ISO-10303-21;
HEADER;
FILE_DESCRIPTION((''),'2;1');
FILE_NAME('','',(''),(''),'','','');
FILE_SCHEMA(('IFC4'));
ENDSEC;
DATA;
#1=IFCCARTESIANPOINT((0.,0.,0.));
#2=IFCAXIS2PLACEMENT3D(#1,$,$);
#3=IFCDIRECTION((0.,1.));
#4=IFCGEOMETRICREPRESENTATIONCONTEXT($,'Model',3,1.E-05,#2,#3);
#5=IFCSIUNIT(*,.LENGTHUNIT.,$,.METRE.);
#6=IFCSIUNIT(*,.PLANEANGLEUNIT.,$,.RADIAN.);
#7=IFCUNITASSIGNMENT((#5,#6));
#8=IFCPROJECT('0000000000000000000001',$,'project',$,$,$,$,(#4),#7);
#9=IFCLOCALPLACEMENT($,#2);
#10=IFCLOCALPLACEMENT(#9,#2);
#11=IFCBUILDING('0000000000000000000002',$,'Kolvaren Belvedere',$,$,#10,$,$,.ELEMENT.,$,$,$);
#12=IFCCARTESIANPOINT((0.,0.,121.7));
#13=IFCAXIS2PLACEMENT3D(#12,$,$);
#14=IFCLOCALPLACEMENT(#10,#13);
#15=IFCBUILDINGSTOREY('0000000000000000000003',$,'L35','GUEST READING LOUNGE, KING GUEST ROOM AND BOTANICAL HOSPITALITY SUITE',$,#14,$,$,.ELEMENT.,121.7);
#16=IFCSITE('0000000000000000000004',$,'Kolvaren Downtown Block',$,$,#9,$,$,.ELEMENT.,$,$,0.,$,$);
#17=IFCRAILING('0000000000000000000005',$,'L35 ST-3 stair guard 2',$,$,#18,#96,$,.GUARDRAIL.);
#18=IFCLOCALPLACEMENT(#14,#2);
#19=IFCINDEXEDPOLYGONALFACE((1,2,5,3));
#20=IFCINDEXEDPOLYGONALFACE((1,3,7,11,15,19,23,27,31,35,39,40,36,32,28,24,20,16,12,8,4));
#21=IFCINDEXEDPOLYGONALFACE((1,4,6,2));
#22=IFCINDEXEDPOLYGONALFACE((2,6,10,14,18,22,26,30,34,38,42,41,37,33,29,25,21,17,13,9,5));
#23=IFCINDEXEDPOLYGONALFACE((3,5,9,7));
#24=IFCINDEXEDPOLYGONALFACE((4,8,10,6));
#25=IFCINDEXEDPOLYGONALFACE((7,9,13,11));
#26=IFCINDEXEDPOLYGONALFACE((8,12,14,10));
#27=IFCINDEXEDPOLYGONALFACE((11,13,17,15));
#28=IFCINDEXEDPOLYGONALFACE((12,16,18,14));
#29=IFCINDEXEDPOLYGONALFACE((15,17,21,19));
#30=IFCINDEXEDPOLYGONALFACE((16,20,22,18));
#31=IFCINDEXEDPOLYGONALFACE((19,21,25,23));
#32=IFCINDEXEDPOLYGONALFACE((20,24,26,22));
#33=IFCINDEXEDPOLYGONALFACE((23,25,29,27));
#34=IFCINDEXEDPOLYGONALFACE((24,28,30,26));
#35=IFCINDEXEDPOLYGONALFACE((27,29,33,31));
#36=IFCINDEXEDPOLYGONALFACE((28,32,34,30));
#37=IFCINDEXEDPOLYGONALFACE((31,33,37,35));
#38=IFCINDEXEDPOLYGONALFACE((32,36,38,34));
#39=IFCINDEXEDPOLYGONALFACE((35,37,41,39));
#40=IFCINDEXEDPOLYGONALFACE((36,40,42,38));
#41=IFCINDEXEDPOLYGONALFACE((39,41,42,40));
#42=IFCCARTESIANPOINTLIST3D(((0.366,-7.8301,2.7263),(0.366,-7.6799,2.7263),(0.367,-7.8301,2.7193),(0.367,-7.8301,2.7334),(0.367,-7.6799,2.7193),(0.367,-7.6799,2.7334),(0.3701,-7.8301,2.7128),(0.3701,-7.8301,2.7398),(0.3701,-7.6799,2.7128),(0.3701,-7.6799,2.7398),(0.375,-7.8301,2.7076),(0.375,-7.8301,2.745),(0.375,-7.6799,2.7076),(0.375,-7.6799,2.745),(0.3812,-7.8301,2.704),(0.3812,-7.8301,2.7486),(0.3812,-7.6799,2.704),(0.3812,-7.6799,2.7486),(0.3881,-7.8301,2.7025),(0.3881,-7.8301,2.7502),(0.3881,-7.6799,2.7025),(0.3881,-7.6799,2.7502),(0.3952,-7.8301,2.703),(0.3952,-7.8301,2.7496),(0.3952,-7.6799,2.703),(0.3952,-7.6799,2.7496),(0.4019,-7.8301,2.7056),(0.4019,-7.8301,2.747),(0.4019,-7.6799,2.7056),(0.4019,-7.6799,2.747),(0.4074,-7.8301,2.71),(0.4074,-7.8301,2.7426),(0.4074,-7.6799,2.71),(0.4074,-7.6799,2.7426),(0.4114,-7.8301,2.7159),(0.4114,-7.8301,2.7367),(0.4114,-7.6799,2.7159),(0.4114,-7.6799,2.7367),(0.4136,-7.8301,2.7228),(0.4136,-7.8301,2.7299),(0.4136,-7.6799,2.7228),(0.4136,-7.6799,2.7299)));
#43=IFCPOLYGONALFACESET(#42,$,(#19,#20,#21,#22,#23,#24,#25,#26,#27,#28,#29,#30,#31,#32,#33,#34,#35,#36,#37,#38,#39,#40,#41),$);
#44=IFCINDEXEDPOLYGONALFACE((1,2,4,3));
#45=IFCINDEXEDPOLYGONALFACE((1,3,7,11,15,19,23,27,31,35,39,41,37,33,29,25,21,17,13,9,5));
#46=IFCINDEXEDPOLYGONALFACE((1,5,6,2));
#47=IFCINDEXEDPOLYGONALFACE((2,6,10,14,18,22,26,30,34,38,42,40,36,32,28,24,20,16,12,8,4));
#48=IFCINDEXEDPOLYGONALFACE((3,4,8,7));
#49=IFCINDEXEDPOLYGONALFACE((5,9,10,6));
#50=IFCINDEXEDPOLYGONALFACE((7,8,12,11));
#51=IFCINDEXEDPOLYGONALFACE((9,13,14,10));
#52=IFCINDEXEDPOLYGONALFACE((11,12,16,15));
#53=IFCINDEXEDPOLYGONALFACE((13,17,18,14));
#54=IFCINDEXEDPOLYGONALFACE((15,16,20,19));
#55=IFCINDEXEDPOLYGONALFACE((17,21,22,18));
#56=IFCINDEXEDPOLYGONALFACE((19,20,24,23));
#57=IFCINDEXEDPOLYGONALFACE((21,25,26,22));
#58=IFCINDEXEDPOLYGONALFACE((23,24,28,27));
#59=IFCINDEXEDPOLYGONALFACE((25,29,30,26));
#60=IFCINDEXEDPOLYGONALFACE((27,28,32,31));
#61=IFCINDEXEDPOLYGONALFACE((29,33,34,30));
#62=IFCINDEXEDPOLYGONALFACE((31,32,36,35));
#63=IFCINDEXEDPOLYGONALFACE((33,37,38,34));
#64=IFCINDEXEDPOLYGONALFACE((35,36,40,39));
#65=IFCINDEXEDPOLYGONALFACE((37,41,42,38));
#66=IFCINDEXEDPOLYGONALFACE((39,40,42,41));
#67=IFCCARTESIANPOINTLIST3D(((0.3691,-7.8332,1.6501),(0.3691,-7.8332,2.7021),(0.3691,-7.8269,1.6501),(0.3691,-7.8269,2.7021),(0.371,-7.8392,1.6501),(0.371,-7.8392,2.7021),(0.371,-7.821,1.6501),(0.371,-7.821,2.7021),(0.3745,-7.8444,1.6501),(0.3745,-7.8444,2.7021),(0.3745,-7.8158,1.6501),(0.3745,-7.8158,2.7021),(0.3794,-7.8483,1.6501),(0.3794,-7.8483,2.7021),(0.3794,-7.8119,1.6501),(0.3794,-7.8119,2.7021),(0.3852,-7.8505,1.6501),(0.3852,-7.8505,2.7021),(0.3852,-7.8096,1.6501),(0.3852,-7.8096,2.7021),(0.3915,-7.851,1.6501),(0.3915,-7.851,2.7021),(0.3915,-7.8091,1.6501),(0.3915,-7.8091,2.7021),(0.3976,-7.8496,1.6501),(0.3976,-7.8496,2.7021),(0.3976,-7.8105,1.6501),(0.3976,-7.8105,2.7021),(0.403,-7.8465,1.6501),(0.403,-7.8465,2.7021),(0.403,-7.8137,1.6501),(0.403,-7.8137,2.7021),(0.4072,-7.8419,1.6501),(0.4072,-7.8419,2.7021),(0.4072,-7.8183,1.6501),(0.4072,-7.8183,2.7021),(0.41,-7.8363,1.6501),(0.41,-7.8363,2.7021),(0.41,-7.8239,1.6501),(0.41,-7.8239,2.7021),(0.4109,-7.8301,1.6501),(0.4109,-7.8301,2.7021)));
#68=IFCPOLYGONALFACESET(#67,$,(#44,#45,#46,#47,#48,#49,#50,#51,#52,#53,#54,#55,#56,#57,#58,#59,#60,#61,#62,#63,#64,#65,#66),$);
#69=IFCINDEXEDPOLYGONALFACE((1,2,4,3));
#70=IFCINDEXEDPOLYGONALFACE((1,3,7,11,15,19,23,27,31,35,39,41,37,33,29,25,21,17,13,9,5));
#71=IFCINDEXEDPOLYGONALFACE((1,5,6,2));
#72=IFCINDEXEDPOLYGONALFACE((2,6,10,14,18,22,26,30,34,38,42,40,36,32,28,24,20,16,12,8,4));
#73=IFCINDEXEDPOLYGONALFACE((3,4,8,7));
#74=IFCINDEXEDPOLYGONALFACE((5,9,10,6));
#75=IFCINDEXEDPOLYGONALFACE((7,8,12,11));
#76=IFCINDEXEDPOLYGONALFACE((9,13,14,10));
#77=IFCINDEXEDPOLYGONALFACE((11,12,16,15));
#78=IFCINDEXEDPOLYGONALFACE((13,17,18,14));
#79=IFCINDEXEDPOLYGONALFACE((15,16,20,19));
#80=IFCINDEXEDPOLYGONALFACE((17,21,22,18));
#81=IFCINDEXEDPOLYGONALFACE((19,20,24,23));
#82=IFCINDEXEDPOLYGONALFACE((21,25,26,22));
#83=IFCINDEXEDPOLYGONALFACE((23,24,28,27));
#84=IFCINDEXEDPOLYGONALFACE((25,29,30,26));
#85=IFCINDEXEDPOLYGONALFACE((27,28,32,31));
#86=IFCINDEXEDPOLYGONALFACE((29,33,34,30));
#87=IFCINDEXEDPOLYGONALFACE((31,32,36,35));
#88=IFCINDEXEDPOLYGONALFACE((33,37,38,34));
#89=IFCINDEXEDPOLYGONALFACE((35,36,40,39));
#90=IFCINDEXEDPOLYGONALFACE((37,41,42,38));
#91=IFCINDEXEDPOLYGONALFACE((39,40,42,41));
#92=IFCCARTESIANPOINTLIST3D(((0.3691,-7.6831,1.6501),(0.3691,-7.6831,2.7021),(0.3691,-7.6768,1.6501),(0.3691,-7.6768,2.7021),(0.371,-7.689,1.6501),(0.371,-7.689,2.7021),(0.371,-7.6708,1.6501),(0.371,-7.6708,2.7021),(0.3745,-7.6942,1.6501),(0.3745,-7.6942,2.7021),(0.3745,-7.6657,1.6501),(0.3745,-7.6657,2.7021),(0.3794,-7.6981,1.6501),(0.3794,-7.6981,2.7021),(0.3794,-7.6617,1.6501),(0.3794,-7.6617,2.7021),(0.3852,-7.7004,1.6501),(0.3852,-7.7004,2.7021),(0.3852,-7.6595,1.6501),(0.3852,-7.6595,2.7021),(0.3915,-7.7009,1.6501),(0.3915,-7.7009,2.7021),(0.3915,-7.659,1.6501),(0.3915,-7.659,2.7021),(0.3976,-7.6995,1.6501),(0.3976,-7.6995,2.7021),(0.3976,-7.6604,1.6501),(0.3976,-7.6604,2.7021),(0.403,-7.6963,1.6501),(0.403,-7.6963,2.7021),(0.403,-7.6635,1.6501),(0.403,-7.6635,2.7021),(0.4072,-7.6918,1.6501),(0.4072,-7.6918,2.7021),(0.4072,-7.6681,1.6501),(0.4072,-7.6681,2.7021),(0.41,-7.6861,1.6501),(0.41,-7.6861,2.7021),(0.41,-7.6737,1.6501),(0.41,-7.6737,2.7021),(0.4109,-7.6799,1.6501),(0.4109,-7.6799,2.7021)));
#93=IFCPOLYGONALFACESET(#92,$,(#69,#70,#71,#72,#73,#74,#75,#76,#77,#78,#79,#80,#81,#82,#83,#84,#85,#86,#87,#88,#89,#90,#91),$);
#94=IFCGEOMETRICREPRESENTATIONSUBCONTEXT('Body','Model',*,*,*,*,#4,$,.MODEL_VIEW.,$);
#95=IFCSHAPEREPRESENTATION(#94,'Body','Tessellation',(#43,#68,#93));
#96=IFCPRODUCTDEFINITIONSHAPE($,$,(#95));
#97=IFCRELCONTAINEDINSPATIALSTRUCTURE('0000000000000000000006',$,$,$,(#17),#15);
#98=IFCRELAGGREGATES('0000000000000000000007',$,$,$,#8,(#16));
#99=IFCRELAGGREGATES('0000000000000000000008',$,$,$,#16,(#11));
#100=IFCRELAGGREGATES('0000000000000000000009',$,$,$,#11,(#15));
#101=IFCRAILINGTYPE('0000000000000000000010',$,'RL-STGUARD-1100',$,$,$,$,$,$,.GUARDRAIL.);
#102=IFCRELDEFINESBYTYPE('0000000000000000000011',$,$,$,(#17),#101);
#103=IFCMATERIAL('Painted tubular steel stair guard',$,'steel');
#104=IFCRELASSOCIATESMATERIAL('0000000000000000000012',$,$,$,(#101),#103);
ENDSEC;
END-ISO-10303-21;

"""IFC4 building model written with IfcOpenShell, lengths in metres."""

from ifc_helpers import new_model, si_unit, direction, frame, origin, origin_2d, place, context, subcontext, project, spatial, circle, extrude, material, type_object, element, save


model = new_model("IFC4")

# Units and contexts
model_context = context("Model", 3, precision=1e-05, world=origin(), true_north=direction((0.0, 1.0)))
body_context = subcontext(model_context, "Body", "Model", "MODEL_VIEW")
ifc_project = project(units=[si_unit("LENGTHUNIT", "METRE"), si_unit("PLANEANGLEUNIT", "RADIAN")], contexts=[model_context])

# Site, building, storey
site_placement = place(None, origin())
site = spatial("IfcSite", under=ifc_project, at=site_placement, Name="Kolvaren Downtown Block", CompositionType="ELEMENT", RefElevation=0.0)
building_placement = place(site_placement, origin())
building = spatial("IfcBuilding", under=site, at=building_placement, Name="Kolvaren Belvedere", CompositionType="ELEMENT")
storey_placement = place(building_placement, frame((0.0, 0.0, 121.7)))
storey = spatial("IfcBuildingStorey", under=building, at=storey_placement, Name="L35", Description="GUEST READING LOUNGE, KING GUEST ROOM AND BOTANICAL HOSPITALITY SUITE", CompositionType="ELEMENT", Elevation=121.7)

# Railing
ifc_material_1 = material(Name="Painted tubular steel stair guard", Category="steel")
railing_type_1 = type_object("IfcRailingType", Name="RL-STGUARD-1100", PredefinedType="GUARDRAIL", material=ifc_material_1)
railing_1_placement = place(storey_placement, frame((0.3899, -7.8301, 1.6501)))
element("IfcRailing", 1, at=railing_1_placement, inside=storey, type_object=railing_type_1, Name="L35 ST-3 stair guard 2", PredefinedType="GUARDRAIL", context=body_context, shape_type="SweptSolid", body=[
    extrude(circle(Radius=0.0239, at=origin_2d()), frame((0.0, 0.0, 1.0762), z_axis=(0.0, 1.0, 0.0), x_axis=(-1.0, 0.0, 0.0)), (0.0, 0.0, 1.0), 0.1501),
    extrude(circle(Radius=0.021, at=origin_2d()), origin(), (0.0, 0.0, 1.0), 1.052),
    extrude(circle(Radius=0.021, at=origin_2d()), frame((0.0, 0.1501, 0.0)), (0.0, 0.0, 1.0), 1.052),
])

save(model, "model.ifc")
